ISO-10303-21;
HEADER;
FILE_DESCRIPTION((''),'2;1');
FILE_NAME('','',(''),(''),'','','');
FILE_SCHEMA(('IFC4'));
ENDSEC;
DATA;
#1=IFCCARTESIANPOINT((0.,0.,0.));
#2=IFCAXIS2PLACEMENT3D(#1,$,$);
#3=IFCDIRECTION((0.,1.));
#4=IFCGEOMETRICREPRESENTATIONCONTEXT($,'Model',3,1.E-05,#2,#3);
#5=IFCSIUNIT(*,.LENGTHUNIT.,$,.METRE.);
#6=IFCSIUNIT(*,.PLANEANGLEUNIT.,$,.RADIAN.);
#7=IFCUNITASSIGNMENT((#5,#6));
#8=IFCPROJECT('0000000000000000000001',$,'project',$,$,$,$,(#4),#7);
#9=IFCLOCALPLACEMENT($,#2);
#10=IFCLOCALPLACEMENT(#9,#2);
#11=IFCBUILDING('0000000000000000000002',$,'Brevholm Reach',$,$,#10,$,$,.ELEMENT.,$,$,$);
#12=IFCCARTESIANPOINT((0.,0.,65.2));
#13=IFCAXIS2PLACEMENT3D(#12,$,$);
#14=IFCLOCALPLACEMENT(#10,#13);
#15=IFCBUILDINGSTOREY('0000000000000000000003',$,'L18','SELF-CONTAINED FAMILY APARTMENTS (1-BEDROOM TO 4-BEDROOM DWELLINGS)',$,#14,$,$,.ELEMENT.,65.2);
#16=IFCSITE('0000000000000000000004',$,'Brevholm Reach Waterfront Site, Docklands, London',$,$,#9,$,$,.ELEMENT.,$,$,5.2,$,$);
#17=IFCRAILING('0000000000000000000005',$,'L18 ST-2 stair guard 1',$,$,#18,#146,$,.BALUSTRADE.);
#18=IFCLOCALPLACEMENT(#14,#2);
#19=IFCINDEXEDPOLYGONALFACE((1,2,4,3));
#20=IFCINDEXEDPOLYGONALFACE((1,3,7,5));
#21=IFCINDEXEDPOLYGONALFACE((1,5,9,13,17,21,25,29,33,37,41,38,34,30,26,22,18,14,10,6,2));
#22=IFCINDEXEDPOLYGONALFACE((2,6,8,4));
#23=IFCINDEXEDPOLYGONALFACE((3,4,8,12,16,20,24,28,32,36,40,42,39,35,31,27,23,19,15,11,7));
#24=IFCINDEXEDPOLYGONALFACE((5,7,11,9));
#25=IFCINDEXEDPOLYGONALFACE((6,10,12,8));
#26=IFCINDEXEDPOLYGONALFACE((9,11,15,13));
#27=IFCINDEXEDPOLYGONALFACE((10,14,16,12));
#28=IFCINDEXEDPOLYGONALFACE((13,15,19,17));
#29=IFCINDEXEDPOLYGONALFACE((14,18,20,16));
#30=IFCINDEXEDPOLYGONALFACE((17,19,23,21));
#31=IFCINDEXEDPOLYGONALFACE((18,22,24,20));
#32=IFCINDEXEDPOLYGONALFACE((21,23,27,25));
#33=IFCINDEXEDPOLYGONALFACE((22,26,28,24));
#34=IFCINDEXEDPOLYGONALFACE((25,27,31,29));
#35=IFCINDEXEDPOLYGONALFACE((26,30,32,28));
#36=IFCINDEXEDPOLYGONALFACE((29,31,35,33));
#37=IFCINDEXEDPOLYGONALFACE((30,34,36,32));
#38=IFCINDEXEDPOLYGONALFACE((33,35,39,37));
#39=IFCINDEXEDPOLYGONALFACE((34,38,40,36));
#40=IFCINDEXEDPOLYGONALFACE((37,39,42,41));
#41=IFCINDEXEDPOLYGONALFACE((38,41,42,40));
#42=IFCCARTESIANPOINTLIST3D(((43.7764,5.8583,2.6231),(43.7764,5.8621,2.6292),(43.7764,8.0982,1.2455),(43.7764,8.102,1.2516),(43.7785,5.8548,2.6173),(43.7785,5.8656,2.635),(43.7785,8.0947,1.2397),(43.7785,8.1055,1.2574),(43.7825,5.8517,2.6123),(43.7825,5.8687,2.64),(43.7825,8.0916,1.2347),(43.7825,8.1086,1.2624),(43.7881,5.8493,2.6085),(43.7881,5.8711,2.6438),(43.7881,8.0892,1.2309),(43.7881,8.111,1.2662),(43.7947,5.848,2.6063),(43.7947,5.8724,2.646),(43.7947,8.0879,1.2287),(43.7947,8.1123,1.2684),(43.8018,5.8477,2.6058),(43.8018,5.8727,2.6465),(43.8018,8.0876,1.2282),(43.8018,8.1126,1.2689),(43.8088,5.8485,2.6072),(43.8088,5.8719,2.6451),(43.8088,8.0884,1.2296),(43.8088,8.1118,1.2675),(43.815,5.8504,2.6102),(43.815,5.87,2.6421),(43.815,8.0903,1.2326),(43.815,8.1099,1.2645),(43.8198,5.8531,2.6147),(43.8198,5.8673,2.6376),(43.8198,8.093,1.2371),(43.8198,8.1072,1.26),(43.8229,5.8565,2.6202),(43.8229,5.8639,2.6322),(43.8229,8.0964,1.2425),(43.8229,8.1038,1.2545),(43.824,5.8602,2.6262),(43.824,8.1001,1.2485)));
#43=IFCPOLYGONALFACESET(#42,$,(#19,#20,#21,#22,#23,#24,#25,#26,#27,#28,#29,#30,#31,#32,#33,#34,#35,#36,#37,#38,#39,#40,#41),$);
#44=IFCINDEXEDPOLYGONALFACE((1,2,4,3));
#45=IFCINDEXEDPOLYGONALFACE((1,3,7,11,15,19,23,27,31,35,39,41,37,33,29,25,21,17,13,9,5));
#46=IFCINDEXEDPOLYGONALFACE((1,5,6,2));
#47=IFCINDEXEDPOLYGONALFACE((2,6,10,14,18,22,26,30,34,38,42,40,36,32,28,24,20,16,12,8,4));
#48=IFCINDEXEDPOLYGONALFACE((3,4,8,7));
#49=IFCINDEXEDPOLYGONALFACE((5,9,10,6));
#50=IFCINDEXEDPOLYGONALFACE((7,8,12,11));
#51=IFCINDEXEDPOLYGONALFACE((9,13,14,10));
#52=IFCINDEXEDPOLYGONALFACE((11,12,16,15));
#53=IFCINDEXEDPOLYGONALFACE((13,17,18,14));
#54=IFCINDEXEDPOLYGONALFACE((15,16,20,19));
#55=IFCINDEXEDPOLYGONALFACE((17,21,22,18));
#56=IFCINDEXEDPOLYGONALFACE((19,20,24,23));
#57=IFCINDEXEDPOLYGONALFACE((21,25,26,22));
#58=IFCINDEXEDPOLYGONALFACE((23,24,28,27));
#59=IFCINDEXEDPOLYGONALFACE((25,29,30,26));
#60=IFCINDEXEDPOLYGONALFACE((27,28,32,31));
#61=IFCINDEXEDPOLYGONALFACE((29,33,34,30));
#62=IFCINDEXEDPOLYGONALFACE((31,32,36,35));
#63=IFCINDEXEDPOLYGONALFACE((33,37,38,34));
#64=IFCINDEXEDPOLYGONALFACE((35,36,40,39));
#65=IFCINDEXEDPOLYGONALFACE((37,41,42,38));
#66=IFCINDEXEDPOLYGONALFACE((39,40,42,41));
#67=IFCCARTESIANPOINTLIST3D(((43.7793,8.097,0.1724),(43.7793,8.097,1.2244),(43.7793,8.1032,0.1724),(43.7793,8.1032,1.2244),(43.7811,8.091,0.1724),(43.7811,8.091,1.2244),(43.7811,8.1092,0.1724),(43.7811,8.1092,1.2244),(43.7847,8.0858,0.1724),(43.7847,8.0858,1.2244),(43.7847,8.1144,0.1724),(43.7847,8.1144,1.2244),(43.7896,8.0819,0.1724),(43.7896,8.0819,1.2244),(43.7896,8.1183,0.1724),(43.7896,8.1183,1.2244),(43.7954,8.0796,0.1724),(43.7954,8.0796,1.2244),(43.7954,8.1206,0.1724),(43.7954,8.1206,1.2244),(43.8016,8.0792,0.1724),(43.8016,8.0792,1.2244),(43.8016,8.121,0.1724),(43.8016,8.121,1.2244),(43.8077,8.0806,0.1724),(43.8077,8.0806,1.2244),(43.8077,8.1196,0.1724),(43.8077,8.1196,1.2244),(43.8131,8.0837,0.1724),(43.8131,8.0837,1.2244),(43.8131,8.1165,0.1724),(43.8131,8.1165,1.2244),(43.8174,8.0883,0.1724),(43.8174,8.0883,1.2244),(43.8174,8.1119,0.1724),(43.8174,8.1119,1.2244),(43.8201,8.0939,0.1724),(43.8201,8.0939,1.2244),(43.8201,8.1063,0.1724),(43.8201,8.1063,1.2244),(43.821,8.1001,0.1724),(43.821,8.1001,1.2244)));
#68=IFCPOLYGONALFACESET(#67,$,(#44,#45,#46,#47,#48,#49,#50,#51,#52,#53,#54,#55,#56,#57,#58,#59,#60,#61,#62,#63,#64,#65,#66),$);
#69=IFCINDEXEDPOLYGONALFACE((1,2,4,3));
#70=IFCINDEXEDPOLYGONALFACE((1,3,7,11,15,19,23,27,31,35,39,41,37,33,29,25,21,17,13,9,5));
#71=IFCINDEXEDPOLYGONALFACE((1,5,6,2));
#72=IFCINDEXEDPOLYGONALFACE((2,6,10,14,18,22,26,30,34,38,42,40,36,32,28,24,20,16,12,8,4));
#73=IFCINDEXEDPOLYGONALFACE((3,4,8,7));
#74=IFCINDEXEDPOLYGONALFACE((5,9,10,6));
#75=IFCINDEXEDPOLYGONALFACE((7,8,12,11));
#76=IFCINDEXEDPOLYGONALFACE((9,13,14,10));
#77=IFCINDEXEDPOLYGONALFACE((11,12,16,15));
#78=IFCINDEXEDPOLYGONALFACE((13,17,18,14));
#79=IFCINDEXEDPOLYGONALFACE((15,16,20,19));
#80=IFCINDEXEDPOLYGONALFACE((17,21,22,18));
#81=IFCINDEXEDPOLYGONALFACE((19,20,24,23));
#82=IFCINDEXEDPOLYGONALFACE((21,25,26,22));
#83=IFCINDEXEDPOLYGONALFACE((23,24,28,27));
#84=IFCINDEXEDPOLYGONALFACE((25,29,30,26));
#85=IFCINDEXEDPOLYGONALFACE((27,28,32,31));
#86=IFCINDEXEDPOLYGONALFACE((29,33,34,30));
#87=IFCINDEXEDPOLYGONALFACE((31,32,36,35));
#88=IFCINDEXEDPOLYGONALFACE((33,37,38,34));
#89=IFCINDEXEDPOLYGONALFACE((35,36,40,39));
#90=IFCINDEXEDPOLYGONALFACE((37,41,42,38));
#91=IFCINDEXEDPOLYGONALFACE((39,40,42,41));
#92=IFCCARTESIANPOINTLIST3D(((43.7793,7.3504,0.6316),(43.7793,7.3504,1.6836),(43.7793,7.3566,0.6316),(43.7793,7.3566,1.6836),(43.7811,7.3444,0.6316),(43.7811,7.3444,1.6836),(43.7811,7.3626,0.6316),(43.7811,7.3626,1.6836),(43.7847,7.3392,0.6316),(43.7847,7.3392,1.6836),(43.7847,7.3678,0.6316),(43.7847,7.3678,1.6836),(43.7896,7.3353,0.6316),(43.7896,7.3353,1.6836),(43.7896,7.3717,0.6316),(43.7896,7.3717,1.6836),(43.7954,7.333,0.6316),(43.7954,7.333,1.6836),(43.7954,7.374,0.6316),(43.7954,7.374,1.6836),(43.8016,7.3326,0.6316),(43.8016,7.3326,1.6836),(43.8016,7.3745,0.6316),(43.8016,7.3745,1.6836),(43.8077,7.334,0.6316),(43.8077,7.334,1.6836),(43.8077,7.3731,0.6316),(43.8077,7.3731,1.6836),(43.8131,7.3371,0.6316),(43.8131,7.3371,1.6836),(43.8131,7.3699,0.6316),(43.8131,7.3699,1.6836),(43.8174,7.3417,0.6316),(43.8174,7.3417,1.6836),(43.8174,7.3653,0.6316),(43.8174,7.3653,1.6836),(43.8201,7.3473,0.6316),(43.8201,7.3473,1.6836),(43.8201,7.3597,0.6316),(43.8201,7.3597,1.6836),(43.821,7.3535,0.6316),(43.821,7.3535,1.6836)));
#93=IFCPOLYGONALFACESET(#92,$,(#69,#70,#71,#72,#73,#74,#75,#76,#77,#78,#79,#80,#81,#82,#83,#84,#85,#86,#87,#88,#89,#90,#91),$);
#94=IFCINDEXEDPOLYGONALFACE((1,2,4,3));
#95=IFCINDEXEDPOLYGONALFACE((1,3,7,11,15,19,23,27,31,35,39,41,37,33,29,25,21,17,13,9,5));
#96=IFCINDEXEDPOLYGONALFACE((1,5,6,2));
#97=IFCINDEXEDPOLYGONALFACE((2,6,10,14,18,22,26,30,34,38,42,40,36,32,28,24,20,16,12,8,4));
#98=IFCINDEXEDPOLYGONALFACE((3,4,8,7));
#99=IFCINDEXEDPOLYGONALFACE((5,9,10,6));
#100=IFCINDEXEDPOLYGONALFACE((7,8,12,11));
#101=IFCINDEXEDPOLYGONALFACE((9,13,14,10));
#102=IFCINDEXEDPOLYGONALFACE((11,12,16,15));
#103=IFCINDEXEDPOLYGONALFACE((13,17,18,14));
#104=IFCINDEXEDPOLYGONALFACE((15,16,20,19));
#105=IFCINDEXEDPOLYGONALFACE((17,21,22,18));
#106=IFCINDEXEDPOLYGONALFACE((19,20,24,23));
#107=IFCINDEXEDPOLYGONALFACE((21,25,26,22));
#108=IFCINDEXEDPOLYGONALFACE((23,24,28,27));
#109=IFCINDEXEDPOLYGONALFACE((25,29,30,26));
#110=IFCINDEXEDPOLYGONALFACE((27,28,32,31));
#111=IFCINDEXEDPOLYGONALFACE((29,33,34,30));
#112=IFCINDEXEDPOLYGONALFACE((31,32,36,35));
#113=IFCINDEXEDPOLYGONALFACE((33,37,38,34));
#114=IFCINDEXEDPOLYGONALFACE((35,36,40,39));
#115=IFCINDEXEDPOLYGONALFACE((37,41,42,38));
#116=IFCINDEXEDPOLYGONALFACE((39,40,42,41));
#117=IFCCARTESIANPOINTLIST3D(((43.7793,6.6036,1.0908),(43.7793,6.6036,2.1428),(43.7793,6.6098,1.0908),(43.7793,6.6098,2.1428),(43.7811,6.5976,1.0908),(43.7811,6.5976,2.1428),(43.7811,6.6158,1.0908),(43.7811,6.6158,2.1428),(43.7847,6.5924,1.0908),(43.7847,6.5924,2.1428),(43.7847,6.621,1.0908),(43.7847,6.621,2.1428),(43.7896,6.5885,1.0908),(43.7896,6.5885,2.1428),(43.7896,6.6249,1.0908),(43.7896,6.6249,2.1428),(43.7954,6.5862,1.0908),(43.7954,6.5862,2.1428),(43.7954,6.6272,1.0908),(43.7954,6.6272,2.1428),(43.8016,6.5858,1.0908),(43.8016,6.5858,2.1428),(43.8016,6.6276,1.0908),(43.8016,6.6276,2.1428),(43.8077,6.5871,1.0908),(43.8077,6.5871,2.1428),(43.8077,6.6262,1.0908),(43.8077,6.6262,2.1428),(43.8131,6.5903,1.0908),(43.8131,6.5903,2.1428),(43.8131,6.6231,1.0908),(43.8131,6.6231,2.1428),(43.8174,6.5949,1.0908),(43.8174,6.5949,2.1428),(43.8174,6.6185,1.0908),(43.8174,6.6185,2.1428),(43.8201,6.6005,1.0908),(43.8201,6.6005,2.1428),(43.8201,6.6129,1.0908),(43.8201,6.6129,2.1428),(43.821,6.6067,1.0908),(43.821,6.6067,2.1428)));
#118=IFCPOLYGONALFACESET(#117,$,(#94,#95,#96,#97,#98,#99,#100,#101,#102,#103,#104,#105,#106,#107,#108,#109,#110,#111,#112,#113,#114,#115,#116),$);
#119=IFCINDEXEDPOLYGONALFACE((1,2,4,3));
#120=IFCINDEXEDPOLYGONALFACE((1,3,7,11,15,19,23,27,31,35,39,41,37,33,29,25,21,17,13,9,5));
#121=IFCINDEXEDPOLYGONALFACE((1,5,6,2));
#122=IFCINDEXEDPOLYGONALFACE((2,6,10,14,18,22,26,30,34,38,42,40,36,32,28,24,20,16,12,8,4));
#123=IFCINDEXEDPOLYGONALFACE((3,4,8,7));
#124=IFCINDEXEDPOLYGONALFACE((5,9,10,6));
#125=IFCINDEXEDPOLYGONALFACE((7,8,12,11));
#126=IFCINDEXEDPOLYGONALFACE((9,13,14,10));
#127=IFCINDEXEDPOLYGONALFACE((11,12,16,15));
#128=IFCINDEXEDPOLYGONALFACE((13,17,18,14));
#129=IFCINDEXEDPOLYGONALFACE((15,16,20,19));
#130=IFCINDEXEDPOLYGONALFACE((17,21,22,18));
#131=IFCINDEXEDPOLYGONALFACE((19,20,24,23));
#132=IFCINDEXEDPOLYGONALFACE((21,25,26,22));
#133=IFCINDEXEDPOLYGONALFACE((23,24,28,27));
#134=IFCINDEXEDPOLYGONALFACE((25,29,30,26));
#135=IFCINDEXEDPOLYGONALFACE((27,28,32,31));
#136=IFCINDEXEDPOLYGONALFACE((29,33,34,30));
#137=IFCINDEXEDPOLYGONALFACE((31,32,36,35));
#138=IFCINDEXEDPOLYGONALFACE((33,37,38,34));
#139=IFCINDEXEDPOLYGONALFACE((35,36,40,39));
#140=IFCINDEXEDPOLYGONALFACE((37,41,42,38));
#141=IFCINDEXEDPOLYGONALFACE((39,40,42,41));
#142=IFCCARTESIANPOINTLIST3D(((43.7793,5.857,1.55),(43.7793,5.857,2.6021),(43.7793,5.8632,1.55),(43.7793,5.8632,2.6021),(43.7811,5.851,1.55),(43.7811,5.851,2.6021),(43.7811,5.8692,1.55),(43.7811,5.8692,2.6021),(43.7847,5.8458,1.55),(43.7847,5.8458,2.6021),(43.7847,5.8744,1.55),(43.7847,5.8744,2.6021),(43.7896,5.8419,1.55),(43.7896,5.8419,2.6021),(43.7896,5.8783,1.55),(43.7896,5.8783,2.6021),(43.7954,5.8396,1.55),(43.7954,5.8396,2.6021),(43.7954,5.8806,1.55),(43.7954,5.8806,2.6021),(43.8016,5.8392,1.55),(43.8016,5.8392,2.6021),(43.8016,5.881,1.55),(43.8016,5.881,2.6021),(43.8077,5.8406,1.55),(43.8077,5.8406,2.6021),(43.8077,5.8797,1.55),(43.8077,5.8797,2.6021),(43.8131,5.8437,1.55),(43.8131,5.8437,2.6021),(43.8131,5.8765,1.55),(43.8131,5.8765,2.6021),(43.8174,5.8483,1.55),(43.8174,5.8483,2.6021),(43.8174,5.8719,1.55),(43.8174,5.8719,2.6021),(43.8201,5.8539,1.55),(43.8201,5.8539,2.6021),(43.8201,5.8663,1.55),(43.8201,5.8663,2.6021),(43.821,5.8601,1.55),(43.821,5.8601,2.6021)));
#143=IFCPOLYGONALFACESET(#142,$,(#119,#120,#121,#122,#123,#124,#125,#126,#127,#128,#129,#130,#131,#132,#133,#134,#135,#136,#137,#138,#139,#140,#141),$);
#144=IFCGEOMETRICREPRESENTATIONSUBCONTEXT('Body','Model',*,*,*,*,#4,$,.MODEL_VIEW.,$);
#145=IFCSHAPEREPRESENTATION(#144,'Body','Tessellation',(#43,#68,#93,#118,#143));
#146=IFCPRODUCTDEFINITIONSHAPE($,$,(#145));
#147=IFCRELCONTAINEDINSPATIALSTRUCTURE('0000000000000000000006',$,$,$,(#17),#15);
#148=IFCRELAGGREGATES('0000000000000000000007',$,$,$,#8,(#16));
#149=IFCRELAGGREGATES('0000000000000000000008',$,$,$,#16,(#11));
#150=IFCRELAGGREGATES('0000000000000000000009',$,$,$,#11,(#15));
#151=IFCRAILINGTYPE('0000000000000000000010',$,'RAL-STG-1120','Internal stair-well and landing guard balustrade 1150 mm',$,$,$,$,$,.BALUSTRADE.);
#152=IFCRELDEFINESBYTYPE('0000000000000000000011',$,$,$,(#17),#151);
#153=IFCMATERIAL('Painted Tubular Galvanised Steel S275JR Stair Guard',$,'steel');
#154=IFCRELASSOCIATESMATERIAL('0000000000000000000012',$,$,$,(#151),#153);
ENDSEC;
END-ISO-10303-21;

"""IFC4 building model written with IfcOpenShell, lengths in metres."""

from ifc_helpers import new_model, si_unit, direction, frame, origin, origin_2d, place, context, subcontext, project, spatial, circle, extrude, material, type_object, element, save


model = new_model("IFC4")

# Units and contexts
model_context = context("Model", 3, precision=1e-05, world=origin(), true_north=direction((0.0, 1.0)))
body_context = subcontext(model_context, "Body", "Model", "MODEL_VIEW")
ifc_project = project(units=[si_unit("LENGTHUNIT", "METRE"), si_unit("PLANEANGLEUNIT", "RADIAN")], contexts=[model_context])

# Site, building, storey
site_placement = place(None, origin())
site = spatial("IfcSite", under=ifc_project, at=site_placement, Name="Brevholm Reach Waterfront Site, Docklands, London", CompositionType="ELEMENT", RefElevation=5.2)
building_placement = place(site_placement, origin())
building = spatial("IfcBuilding", under=site, at=building_placement, Name="Brevholm Reach", CompositionType="ELEMENT")
storey_placement = place(building_placement, frame((0.0, 0.0, 65.2)))
storey = spatial("IfcBuildingStorey", under=building, at=storey_placement, Name="L18", Description="SELF-CONTAINED FAMILY APARTMENTS (1-BEDROOM TO 4-BEDROOM DWELLINGS)", CompositionType="ELEMENT", Elevation=65.2)

# Railing
ifc_material_1 = material(Name="Painted Tubular Galvanised Steel S275JR Stair Guard", Category="steel")
railing_type_1 = type_object("IfcRailingType", Name="RAL-STG-1120", Description="Internal stair-well and landing guard balustrade 1150 mm", PredefinedType="BALUSTRADE", material=ifc_material_1)
railing_1_placement = place(storey_placement, frame((43.8, 8.1001, 0.1724)))
element("IfcRailing", 1, at=railing_1_placement, inside=storey, type_object=railing_type_1, Name="L18 ST-2 stair guard 1", PredefinedType="BALUSTRADE", context=body_context, shape_type="SweptSolid", body=[
    extrude(circle(Radius=0.0239, at=origin_2d()), frame((0.0, 0.0, 1.0762), z_axis=(0.0, -0.851789, 0.523885), x_axis=(1.0, 0.0, 0.0)), (0.0, 0.0, 1.0), 2.6296),
    extrude(circle(Radius=0.021, at=origin_2d()), origin(), (0.0, 0.0, 1.0), 1.052),
    extrude(circle(Radius=0.021, at=origin_2d()), frame((0.0, -0.7466, 0.4592)), (0.0, 0.0, 1.0), 1.052),
    extrude(circle(Radius=0.021, at=origin_2d()), frame((0.0, -1.4934, 0.9185)), (0.0, 0.0, 1.0), 1.052),
    extrude(circle(Radius=0.021, at=origin_2d()), frame((0.0, -2.24, 1.3777)), (0.0, 0.0, 1.0), 1.052),
])

save(model, "model.ifc")
